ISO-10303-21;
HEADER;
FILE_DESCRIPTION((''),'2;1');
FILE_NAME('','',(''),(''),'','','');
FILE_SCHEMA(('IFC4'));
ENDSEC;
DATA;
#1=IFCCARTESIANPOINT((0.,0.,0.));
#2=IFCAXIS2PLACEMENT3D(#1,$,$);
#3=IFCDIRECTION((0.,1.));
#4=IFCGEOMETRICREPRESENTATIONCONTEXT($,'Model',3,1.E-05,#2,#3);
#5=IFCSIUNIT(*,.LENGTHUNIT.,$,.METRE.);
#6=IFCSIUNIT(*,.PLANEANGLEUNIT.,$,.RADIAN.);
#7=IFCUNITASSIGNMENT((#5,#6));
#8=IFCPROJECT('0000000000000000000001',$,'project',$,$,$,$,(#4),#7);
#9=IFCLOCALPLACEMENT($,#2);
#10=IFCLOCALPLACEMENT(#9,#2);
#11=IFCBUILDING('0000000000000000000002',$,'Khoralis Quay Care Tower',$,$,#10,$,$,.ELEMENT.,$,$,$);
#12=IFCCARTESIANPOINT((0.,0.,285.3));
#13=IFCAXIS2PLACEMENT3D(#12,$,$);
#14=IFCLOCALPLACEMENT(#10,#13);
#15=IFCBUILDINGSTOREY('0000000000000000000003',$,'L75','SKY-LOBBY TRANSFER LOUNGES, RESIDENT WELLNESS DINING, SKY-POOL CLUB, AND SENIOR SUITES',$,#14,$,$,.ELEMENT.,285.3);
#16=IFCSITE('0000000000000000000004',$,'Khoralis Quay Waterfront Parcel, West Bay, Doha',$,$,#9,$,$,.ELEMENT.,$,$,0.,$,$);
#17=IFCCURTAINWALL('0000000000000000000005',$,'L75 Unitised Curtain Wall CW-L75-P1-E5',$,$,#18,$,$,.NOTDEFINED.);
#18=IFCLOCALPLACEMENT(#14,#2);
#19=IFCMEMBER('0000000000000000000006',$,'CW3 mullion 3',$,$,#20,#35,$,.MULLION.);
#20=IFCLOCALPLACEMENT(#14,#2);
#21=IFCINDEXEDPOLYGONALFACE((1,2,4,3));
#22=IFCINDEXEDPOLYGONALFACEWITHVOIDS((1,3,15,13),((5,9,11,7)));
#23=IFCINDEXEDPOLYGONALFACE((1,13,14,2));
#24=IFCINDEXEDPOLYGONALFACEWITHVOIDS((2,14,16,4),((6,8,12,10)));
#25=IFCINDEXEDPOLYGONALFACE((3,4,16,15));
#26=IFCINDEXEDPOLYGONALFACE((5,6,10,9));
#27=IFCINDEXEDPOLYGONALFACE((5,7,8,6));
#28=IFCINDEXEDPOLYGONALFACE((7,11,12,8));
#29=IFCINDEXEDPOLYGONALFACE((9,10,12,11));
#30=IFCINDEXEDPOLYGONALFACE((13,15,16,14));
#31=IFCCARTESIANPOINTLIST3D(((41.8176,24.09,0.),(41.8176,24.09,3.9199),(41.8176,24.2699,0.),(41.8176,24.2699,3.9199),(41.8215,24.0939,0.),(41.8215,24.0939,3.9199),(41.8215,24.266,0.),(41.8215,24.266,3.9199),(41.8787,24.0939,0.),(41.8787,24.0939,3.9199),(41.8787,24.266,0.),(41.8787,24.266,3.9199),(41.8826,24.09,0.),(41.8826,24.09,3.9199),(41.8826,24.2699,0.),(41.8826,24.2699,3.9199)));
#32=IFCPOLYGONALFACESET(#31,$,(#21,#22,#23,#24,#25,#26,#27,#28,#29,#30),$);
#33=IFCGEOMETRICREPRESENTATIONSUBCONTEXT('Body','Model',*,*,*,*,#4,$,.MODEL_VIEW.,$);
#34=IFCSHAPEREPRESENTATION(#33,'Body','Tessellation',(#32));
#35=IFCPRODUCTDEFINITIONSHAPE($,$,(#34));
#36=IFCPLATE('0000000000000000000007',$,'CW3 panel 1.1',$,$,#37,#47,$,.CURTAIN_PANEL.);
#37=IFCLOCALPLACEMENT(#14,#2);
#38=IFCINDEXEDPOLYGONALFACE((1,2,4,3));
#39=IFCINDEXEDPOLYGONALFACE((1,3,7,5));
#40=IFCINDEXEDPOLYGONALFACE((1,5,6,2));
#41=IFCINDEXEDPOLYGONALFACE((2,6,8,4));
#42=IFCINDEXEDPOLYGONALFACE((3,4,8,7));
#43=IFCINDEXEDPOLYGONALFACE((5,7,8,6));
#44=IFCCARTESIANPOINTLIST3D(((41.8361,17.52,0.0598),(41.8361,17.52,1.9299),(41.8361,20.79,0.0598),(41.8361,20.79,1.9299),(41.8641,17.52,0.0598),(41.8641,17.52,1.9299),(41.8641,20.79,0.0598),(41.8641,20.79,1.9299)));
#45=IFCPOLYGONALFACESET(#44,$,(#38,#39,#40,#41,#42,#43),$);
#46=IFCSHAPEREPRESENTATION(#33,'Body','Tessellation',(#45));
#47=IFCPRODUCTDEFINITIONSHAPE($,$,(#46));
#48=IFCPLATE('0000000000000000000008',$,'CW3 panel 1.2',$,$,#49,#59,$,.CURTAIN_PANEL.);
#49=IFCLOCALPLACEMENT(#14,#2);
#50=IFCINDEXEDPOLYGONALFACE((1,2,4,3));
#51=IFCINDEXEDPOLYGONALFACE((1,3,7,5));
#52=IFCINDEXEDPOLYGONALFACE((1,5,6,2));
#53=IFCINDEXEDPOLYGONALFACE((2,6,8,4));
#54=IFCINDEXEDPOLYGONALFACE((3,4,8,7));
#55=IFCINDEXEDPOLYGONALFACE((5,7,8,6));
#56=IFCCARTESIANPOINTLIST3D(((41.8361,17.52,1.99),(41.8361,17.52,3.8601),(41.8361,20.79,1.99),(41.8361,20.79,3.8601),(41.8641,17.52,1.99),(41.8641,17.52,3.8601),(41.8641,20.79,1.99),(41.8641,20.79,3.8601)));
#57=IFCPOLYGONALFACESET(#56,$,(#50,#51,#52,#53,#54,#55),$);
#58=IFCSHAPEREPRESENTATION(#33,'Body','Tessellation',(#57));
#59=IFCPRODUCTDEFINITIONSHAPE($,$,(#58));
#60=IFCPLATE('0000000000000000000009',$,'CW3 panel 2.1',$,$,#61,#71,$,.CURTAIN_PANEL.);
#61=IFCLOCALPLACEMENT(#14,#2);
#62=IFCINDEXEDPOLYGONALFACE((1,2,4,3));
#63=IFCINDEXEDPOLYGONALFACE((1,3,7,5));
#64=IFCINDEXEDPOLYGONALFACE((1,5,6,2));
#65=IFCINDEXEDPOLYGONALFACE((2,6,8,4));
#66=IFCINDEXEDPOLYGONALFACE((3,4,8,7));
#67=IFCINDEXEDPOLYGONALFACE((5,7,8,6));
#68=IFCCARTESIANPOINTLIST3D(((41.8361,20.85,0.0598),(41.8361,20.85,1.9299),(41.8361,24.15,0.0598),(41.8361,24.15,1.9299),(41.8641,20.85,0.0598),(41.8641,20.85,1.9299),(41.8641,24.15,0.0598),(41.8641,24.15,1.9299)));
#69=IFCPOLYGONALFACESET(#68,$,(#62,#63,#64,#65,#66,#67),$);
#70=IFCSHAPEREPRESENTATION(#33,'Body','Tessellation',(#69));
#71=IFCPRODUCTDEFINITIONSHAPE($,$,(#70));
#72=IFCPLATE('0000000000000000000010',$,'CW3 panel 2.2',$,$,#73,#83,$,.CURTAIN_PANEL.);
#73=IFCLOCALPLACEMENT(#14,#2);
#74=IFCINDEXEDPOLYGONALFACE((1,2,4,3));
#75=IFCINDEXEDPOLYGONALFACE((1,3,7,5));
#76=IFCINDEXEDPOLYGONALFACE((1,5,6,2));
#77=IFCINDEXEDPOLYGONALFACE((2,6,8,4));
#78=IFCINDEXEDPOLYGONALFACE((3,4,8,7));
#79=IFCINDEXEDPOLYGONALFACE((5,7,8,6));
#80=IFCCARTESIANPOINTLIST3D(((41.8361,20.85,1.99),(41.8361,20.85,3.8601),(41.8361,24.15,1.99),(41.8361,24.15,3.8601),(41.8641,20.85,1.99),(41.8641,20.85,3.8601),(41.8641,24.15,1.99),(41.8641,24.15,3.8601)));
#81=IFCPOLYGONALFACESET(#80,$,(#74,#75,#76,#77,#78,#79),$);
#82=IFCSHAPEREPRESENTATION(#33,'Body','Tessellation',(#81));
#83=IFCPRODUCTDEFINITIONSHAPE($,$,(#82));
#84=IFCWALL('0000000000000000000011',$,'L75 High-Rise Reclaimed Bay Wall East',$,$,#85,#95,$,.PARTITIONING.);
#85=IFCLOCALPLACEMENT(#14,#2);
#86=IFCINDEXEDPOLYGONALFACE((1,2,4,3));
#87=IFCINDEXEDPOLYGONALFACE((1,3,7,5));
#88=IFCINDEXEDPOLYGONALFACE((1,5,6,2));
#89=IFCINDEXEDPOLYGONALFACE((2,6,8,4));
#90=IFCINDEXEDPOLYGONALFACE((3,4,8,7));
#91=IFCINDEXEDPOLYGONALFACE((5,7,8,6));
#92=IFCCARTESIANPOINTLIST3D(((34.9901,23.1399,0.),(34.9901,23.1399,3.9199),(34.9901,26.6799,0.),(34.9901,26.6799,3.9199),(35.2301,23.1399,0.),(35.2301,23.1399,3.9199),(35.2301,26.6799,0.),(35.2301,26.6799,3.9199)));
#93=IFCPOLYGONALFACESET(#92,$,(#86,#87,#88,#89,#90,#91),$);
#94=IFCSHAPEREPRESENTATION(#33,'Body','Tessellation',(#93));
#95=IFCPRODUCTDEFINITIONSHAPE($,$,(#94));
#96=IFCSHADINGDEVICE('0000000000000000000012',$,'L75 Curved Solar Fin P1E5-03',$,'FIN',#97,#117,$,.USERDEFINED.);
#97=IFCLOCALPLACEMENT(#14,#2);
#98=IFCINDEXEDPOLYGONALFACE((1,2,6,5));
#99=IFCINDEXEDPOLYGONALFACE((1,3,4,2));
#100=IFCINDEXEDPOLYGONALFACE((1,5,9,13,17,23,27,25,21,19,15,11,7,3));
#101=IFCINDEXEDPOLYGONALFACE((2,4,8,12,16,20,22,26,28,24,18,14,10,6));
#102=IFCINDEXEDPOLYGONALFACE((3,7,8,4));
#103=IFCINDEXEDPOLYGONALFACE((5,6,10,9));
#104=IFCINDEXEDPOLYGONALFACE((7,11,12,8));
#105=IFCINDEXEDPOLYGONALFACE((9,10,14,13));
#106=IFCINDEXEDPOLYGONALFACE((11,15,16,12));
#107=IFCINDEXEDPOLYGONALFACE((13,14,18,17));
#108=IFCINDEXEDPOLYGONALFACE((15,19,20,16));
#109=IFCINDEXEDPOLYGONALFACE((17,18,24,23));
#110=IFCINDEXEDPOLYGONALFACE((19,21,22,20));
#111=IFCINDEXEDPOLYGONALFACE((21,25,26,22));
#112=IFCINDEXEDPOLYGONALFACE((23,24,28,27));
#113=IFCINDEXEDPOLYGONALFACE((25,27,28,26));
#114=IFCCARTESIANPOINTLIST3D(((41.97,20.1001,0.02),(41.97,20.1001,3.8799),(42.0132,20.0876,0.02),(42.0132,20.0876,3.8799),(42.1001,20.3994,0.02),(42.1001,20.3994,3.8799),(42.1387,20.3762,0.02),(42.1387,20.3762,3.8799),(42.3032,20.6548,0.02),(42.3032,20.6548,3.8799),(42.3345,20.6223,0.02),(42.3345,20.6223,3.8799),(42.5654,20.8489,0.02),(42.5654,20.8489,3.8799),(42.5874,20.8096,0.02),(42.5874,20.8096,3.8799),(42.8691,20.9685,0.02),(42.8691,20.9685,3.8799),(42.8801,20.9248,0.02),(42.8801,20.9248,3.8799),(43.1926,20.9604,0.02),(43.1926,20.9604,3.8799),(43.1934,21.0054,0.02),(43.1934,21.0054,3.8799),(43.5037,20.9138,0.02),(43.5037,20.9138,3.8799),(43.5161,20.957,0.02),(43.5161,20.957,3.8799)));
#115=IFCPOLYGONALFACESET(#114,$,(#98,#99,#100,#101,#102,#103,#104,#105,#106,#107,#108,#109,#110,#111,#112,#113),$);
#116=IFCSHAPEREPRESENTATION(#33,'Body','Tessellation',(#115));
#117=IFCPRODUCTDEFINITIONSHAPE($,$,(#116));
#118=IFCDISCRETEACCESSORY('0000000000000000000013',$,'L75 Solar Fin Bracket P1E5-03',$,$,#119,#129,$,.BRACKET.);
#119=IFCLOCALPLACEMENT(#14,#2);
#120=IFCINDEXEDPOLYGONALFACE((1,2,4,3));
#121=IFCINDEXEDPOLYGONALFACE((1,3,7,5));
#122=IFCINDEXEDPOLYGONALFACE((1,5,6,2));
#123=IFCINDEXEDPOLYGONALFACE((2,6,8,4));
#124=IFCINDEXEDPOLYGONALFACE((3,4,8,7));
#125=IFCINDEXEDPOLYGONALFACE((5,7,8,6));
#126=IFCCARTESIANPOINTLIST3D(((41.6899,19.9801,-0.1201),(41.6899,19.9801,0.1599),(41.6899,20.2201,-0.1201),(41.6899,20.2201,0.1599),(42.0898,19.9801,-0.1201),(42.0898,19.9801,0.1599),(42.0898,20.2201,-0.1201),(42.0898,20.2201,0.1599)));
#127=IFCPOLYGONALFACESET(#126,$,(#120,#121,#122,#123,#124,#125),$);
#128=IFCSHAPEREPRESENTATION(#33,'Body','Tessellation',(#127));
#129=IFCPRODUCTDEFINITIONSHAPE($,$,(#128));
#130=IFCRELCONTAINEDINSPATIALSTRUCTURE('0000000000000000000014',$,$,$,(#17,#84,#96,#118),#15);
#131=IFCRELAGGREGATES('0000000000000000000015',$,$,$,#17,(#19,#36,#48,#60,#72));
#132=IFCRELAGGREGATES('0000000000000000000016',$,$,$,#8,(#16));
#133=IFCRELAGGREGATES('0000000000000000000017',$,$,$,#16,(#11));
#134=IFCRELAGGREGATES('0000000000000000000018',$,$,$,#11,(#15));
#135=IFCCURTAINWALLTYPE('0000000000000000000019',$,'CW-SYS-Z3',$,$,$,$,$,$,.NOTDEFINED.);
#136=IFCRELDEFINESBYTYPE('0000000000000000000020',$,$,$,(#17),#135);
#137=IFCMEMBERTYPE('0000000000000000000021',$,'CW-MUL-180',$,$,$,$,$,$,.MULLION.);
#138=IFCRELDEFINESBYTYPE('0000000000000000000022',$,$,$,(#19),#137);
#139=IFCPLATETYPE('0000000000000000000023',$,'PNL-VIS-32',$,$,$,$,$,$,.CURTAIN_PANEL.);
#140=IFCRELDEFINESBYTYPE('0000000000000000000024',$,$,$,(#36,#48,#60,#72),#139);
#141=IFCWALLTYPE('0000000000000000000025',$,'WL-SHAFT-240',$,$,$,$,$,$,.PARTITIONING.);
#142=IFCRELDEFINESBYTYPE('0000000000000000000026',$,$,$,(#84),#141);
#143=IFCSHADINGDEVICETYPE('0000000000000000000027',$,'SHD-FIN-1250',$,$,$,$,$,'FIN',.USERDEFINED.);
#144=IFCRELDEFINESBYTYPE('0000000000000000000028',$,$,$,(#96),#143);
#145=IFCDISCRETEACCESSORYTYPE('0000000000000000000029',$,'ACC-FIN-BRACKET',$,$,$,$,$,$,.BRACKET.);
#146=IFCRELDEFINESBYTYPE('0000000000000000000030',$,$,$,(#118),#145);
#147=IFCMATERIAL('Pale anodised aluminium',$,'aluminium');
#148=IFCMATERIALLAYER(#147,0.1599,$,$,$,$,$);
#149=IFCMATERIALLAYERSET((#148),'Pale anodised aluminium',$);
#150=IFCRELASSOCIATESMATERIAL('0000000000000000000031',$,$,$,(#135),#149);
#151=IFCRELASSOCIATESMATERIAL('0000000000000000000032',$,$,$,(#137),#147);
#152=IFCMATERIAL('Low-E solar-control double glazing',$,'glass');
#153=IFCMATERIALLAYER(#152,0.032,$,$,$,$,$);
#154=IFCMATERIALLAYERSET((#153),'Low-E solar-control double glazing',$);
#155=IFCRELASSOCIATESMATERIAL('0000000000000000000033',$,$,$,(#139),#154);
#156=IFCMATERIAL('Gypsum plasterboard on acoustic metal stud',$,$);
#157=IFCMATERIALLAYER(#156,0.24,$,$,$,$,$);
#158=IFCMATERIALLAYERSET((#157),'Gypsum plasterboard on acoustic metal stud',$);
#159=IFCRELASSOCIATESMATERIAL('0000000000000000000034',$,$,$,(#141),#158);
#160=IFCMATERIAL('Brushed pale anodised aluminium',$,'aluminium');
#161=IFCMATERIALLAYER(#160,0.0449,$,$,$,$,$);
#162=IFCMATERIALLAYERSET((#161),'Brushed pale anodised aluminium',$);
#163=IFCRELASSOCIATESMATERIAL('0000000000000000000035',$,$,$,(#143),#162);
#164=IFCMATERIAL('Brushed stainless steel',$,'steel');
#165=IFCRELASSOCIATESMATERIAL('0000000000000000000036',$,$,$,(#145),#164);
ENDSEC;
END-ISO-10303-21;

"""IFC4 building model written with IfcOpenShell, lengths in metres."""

from ifc_helpers import new_model, si_unit, direction, frame, frame_2d, origin, origin_2d, place, context, subcontext, project, spatial, polyline, rectangle, hollow_rectangle, outline, extrude, source, transform, mapped, material, layer, layer_set, material_profile, profile_set, type_object, element, aggregate, save


model = new_model("IFC4")

# Units and contexts
model_context = context("Model", 3, precision=1e-05, world=origin(), true_north=direction((0.0, 1.0)))
body_context = subcontext(model_context, "Body", "Model", "MODEL_VIEW")
ifc_project = project(units=[si_unit("LENGTHUNIT", "METRE"), si_unit("PLANEANGLEUNIT", "RADIAN")], contexts=[model_context])

# Site, building, storey
site_placement = place(None, origin())
site = spatial("IfcSite", under=ifc_project, at=site_placement, Name="Khoralis Quay Waterfront Parcel, West Bay, Doha", CompositionType="ELEMENT", RefElevation=0.0)
building_placement = place(site_placement, origin())
building = spatial("IfcBuilding", under=site, at=building_placement, Name="Khoralis Quay Care Tower", CompositionType="ELEMENT")
storey_placement = place(building_placement, frame((0.0, 0.0, 285.3)))
storey = spatial("IfcBuildingStorey", under=building, at=storey_placement, Name="L75", Description="SKY-LOBBY TRANSFER LOUNGES, RESIDENT WELLNESS DINING, SKY-POOL CLUB, AND SENIOR SUITES", CompositionType="ELEMENT", Elevation=285.3)

# Curtain wall, member, plates
ifc_material_1 = material(Name="Pale anodised aluminium", Category="aluminium")
ifc_layer_1 = layer(ifc_material_1, 0.1599)
ifc_layer_set_1 = layer_set([ifc_layer_1], Name="Pale anodised aluminium")
curtain_wall_type = type_object("IfcCurtainWallType", Name="CW-SYS-Z3", PredefinedType="NOTDEFINED", material=ifc_layer_set_1)
curtain_wall_placement = place(storey_placement, origin())
curtain_wall = element("IfcCurtainWall", 1, at=curtain_wall_placement, inside=storey, type_object=curtain_wall_type, Name="L75 Unitised Curtain Wall CW-L75-P1-E5", PredefinedType="NOTDEFINED")
ifc_material_profile_1 = material_profile(ifc_material_1, hollow_rectangle(XDim=0.0649, YDim=0.1799, WallThickness=0.0039, at=origin_2d()), Name="Pale anodised aluminium")
ifc_profile_set_1 = profile_set([ifc_material_profile_1], Name="Pale anodised aluminium")
member_type_1 = type_object("IfcMemberType", Name="CW-MUL-180", PredefinedType="MULLION", material=ifc_profile_set_1)
shared_shape_1 = source(origin(), body_context, "Body", "SweptSolid", [
    extrude(hollow_rectangle(XDim=0.0649, YDim=0.1799, WallThickness=0.0039, at=origin_2d()), origin(), (0.0, 0.0, 1.0), 3.9199),
])
member_1_placement = place(storey_placement, frame((41.8501, 24.1799, 0.0), z_axis=(0.0, 0.0, 1.0), x_axis=(-1.0, 0.0, 0.0)))
member_1 = element("IfcMember", 2, at=member_1_placement, type_object=member_type_1, Name="CW3 mullion 3", PredefinedType="MULLION", context=body_context, shape_type="MappedRepresentation", body=[
    mapped(shared_shape_1, transform((0.0, 0.0, 0.0), scale=1.0)),
])
ifc_material_2 = material(Name="Low-E solar-control double glazing", Category="glass")
ifc_layer_2 = layer(ifc_material_2, 0.032)
ifc_layer_set_2 = layer_set([ifc_layer_2], Name="Low-E solar-control double glazing")
plate_type = type_object("IfcPlateType", Name="PNL-VIS-32", PredefinedType="CURTAIN_PANEL", material=ifc_layer_set_2)
shared_shape_2 = source(origin(), body_context, "Body", "SweptSolid", [
    extrude(rectangle(XDim=3.27, YDim=0.0281, at=origin_2d()), origin(), (0.0, 0.0, 1.0), 1.8701),
])
plate_1_placement = place(storey_placement, frame((41.8501, 19.155, 0.0598), z_axis=(0.0, 0.0, 1.0), x_axis=(0.0, 1.0, 0.0)))
plate_1 = element("IfcPlate", 3, at=plate_1_placement, type_object=plate_type, Name="CW3 panel 1.1", PredefinedType="CURTAIN_PANEL", context=body_context, shape_type="MappedRepresentation", body=[
    mapped(shared_shape_2, transform((0.0, 0.0, 0.0), scale=1.0)),
])
plate_2_placement = place(storey_placement, frame((41.8501, 19.155, 1.99), z_axis=(0.0, 0.0, 1.0), x_axis=(0.0, 1.0, 0.0)))
plate_2 = element("IfcPlate", 4, at=plate_2_placement, type_object=plate_type, Name="CW3 panel 1.2", PredefinedType="CURTAIN_PANEL", context=body_context, shape_type="MappedRepresentation", body=[
    mapped(shared_shape_2, transform((0.0, 0.0, 0.0), scale=1.0)),
])
shared_shape_3 = source(origin(), body_context, "Body", "SweptSolid", [
    extrude(rectangle(XDim=3.3, YDim=0.0281, at=origin_2d()), origin(), (0.0, 0.0, 1.0), 1.8701),
])
plate_3_placement = place(storey_placement, frame((41.8501, 22.5, 0.0598), z_axis=(0.0, 0.0, 1.0), x_axis=(0.0, 1.0, 0.0)))
plate_3 = element("IfcPlate", 5, at=plate_3_placement, type_object=plate_type, Name="CW3 panel 2.1", PredefinedType="CURTAIN_PANEL", context=body_context, shape_type="MappedRepresentation", body=[
    mapped(shared_shape_3, transform((0.0, 0.0, 0.0), scale=1.0)),
])
plate_4_placement = place(storey_placement, frame((41.8501, 22.5, 1.99), z_axis=(0.0, 0.0, 1.0), x_axis=(0.0, 1.0, 0.0)))
plate_4 = element("IfcPlate", 6, at=plate_4_placement, type_object=plate_type, Name="CW3 panel 2.2", PredefinedType="CURTAIN_PANEL", context=body_context, shape_type="MappedRepresentation", body=[
    mapped(shared_shape_3, transform((0.0, 0.0, 0.0), scale=1.0)),
])
aggregate(curtain_wall, [member_1, plate_1, plate_2, plate_3, plate_4])

# Wall
ifc_material_3 = material(Name="Gypsum plasterboard on acoustic metal stud")
ifc_layer_3 = layer(ifc_material_3, 0.24)
ifc_layer_set_3 = layer_set([ifc_layer_3], Name="Gypsum plasterboard on acoustic metal stud")
wall_type = type_object("IfcWallType", Name="WL-SHAFT-240", PredefinedType="PARTITIONING", material=ifc_layer_set_3)
wall_placement = place(storey_placement, frame((35.1101, 23.1399, 0.0), z_axis=(0.0, 0.0, 1.0), x_axis=(0.0, 1.0, 0.0)))
element("IfcWall", 7, at=wall_placement, inside=storey, type_object=wall_type, Name="L75 High-Rise Reclaimed Bay Wall East", PredefinedType="PARTITIONING", context=body_context, shape_type="SweptSolid", body=[
    extrude(rectangle(XDim=3.54, YDim=0.24, at=frame_2d((1.77, 0.0))), origin(), (0.0, 0.0, 1.0), 3.9199),
])

# Shading device
ifc_material_4 = material(Name="Brushed pale anodised aluminium", Category="aluminium")
ifc_layer_4 = layer(ifc_material_4, 0.0449)
ifc_layer_set_4 = layer_set([ifc_layer_4], Name="Brushed pale anodised aluminium")
shading_device_type = type_object("IfcShadingDeviceType", Name="SHD-FIN-1250", ElementType="FIN", PredefinedType="USERDEFINED", material=ifc_layer_set_4)
shared_shape_4 = source(origin(), body_context, "Body", "SweptSolid", [
    extrude(outline(polyline([(0.0, 0.0), (0.1301, 0.2993), (0.3333, 0.5547), (0.5955, 0.7488), (0.8992, 0.8684), (1.2234, 0.9053), (1.5461, 0.8569), (1.5337, 0.8137), (1.2227, 0.8604), (0.9102, 0.8247), (0.6174, 0.7095), (0.3645, 0.5222), (0.1687, 0.2761), (0.0432, -0.0125), (0.0, 0.0)])), origin(), (0.0, 0.0, 1.0), 3.8599),
])
shading_device_placement = place(storey_placement, frame((41.97, 20.1001, 0.02), z_axis=(0.0, 0.0, 1.0), x_axis=(1.0, 0.0, 0.0)))
element("IfcShadingDevice", 8, at=shading_device_placement, inside=storey, type_object=shading_device_type, Name="L75 Curved Solar Fin P1E5-03", ObjectType="FIN", PredefinedType="USERDEFINED", context=body_context, shape_type="MappedRepresentation", body=[
    mapped(shared_shape_4, transform((0.0, 0.0, 0.0), scale=1.0)),
])

# Discrete accessory
ifc_material_5 = material(Name="Brushed stainless steel", Category="steel")
discrete_accessory_type = type_object("IfcDiscreteAccessoryType", Name="ACC-FIN-BRACKET", PredefinedType="BRACKET", material=ifc_material_5)
shared_shape_5 = source(origin(), body_context, "Body", "SweptSolid", [
    extrude(rectangle(XDim=0.3999, YDim=0.24, at=origin_2d()), origin(), (0.0, 0.0, 1.0), 0.28),
])
discrete_accessory_placement = place(storey_placement, frame((41.8899, 20.1001, -0.1201), z_axis=(0.0, 0.0, 1.0), x_axis=(1.0, 0.0, 0.0)))
element("IfcDiscreteAccessory", 9, at=discrete_accessory_placement, inside=storey, type_object=discrete_accessory_type, Name="L75 Solar Fin Bracket P1E5-03", PredefinedType="BRACKET", context=body_context, shape_type="MappedRepresentation", body=[
    mapped(shared_shape_5, transform((0.0, 0.0, 0.0), scale=1.0)),
])

save(model, "model.ifc")
